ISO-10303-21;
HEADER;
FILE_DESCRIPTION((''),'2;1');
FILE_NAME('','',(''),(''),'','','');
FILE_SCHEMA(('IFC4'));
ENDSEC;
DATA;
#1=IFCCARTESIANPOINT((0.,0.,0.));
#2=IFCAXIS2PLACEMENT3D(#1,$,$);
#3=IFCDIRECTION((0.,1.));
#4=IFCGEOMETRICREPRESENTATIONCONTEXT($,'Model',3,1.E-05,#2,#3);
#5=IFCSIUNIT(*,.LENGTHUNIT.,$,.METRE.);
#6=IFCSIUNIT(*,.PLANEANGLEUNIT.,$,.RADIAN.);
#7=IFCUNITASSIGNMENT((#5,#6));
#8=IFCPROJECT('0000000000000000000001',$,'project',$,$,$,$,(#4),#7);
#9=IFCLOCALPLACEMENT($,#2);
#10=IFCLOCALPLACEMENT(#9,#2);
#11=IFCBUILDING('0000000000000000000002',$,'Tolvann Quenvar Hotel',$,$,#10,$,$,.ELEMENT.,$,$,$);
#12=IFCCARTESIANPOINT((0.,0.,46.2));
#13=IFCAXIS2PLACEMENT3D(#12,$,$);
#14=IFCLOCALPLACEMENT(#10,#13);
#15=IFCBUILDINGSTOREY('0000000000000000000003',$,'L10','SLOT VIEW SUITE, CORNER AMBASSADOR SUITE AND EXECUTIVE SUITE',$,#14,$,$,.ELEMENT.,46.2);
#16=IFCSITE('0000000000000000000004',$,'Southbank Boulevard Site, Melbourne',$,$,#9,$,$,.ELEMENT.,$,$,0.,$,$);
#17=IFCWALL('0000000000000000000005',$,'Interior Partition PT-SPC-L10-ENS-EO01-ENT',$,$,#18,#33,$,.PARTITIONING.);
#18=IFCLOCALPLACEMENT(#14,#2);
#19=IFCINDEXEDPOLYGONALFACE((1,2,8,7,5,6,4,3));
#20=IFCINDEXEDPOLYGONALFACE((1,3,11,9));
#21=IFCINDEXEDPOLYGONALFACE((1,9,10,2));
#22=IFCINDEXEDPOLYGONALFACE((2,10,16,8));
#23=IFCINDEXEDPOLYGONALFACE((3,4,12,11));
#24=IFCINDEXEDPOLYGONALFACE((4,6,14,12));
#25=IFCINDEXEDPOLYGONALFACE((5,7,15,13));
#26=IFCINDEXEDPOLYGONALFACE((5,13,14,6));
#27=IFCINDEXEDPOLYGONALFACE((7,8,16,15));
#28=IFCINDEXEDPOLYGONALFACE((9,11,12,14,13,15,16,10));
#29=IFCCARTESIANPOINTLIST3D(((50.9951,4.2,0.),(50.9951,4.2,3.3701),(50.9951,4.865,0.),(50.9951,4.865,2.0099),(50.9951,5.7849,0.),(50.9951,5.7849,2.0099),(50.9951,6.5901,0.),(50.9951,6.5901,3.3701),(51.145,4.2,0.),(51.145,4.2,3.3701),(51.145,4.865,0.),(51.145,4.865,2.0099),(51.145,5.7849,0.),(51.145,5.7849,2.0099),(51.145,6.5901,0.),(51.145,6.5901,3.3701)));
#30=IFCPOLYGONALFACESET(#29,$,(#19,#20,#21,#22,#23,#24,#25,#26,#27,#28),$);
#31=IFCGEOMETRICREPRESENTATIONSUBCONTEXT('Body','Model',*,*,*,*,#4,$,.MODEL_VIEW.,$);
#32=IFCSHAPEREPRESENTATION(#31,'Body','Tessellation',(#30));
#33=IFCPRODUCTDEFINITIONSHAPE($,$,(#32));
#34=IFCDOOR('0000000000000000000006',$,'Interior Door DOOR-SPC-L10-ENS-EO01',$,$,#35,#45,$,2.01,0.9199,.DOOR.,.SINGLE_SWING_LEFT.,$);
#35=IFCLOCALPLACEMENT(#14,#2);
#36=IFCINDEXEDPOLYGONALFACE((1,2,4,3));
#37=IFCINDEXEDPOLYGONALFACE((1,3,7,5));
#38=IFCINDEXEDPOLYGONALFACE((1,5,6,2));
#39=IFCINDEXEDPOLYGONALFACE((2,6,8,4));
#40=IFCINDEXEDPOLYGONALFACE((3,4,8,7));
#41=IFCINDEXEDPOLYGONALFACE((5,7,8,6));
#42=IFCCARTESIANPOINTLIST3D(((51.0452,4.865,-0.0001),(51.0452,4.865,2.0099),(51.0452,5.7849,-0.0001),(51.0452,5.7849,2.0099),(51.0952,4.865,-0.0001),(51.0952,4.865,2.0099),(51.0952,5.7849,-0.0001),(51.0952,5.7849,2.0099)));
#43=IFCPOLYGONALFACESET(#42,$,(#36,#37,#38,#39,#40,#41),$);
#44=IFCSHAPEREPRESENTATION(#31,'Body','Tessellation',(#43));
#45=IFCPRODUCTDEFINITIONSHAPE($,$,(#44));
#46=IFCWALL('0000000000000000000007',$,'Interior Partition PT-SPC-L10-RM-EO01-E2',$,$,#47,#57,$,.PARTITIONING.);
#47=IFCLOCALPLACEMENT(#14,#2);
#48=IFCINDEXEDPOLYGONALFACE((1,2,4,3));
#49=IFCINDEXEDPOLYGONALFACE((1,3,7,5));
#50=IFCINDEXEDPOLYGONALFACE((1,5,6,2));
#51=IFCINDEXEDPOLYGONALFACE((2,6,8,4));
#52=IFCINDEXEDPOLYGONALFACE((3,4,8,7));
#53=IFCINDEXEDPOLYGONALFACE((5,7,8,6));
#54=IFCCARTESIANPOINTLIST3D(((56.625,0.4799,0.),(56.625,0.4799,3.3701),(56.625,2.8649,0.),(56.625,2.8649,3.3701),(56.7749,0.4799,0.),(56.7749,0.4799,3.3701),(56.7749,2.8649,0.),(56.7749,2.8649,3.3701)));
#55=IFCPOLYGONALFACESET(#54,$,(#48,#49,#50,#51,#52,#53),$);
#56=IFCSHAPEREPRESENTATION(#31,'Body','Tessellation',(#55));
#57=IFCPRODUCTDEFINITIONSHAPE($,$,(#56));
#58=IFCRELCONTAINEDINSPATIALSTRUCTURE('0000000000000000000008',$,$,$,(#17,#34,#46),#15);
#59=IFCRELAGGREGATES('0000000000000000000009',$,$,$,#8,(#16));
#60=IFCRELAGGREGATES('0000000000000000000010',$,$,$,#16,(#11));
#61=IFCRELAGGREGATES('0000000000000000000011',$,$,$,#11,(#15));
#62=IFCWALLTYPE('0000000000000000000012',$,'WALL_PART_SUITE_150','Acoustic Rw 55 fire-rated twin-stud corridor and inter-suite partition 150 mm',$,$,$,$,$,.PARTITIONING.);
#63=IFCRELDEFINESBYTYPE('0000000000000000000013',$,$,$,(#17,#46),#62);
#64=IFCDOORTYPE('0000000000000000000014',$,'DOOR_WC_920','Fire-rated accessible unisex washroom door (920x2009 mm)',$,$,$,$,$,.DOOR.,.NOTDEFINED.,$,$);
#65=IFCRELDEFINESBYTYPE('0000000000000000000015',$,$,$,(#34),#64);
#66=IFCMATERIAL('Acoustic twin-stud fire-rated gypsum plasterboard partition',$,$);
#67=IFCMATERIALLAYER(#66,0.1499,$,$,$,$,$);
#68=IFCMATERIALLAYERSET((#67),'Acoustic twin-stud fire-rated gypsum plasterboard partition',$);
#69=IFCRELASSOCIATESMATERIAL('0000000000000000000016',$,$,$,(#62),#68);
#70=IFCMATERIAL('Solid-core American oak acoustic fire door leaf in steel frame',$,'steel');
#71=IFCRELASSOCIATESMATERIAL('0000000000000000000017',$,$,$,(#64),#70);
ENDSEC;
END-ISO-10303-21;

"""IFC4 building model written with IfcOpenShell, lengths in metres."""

from ifc_helpers import new_model, si_unit, direction, frame, frame_2d, origin, place, context, subcontext, project, spatial, rectangle, extrude, source, transform, mapped, material, layer, layer_set, type_object, type_shapes, element, fill, save


model = new_model("IFC4")

# Units and contexts
model_context = context("Model", 3, precision=1e-05, world=origin(), true_north=direction((0.0, 1.0)))
body_context = subcontext(model_context, "Body", "Model", "MODEL_VIEW")
ifc_project = project(units=[si_unit("LENGTHUNIT", "METRE"), si_unit("PLANEANGLEUNIT", "RADIAN")], contexts=[model_context])

# Site, building, storey
site_placement = place(None, origin())
site = spatial("IfcSite", under=ifc_project, at=site_placement, Name="Southbank Boulevard Site, Melbourne", CompositionType="ELEMENT", RefElevation=0.0)
building_placement = place(site_placement, origin())
building = spatial("IfcBuilding", under=site, at=building_placement, Name="Tolvann Quenvar Hotel", CompositionType="ELEMENT")
storey_placement = place(building_placement, frame((0.0, 0.0, 46.2)))
storey = spatial("IfcBuildingStorey", under=building, at=storey_placement, Name="L10", Description="SLOT VIEW SUITE, CORNER AMBASSADOR SUITE AND EXECUTIVE SUITE", CompositionType="ELEMENT", Elevation=46.2)

# Wall, opening, door
ifc_material_1 = material(Name="Acoustic twin-stud fire-rated gypsum plasterboard partition")
ifc_layer_1 = layer(ifc_material_1, 0.1499)
ifc_layer_set_1 = layer_set([ifc_layer_1], Name="Acoustic twin-stud fire-rated gypsum plasterboard partition")
wall_type_1 = type_object("IfcWallType", Name="WALL_PART_SUITE_150", Description="Acoustic Rw 55 fire-rated twin-stud corridor and inter-suite partition 150 mm", PredefinedType="PARTITIONING", material=ifc_layer_set_1)
wall_1_placement = place(storey_placement, frame((51.0701, 4.2, 0.0), z_axis=(0.0, 0.0, 1.0), x_axis=(0.0, 1.0, 0.0)))
wall_1 = element("IfcWall", 1, at=wall_1_placement, inside=storey, type_object=wall_type_1, Name="Interior Partition PT-SPC-L10-ENS-EO01-ENT", PredefinedType="PARTITIONING", context=body_context, shape_type="SweptSolid", body=[
    extrude(rectangle(XDim=2.3901, YDim=0.1499, at=frame_2d((1.1951, 0.0))), origin(), (0.0, 0.0, 1.0), 3.3701),
])
opening_1_placement = place(wall_1_placement, frame((0.665, 0.0, 0.0)))
opening_1 = element("IfcOpeningElement", 2, at=opening_1_placement, cuts=wall_1, PredefinedType="OPENING", context=body_context, shape_type="SweptSolid", body=[
    extrude(rectangle(XDim=0.9199, YDim=2.01, at=frame_2d((0.46, 1.0049))), frame((0.0, 0.085, 0.0), z_axis=(0.0, -1.0, 0.0), x_axis=(1.0, 0.0, 0.0)), (0.0, 0.0, 1.0), 0.1699),
])
ifc_material_2 = material(Name="Solid-core American oak acoustic fire door leaf in steel frame", Category="steel")
door_type_1 = type_object("IfcDoorType", Name="DOOR_WC_920", Description="Fire-rated accessible unisex washroom door (920x2009 mm)", OperationType="NOTDEFINED", PredefinedType="DOOR", material=ifc_material_2)
shared_shape_1 = source(origin(), body_context, "Body", "SweptSolid", [
    extrude(rectangle(XDim=0.9199, YDim=2.01, at=frame_2d((0.46, 1.0049))), frame((0.0, 0.0249, 0.0), z_axis=(0.0, -1.0, 0.0), x_axis=(1.0, 0.0, 0.0)), (0.0, 0.0, 1.0), 0.05),
])
type_shapes(door_type_1, [shared_shape_1])
door_1_placement = place(opening_1_placement, origin())
door_1 = element("IfcDoor", 3, at=door_1_placement, inside=storey, type_object=door_type_1, Name="Interior Door DOOR-SPC-L10-ENS-EO01", OperationType="SINGLE_SWING_LEFT", OverallHeight=2.01, OverallWidth=0.9199, PredefinedType="DOOR", context=body_context, shape_type="MappedRepresentation", body=[
    mapped(shared_shape_1, transform((0.0, 0.0, 0.0), x_axis=(1.0, 0.0, 0.0), y_axis=(0.0, 1.0, 0.0), z_axis=(0.0, 0.0, 1.0), scale=1.0)),
])
fill(opening_1, door_1)

# Wall
wall_2_placement = place(storey_placement, frame((56.7, 0.48, 0.0), z_axis=(0.0, 0.0, 1.0), x_axis=(0.0, 1.0, 0.0)))
element("IfcWall", 4, at=wall_2_placement, inside=storey, type_object=wall_type_1, Name="Interior Partition PT-SPC-L10-RM-EO01-E2", PredefinedType="PARTITIONING", context=body_context, shape_type="SweptSolid", body=[
    extrude(rectangle(XDim=2.385, YDim=0.1499, at=frame_2d((1.1924, 0.0))), origin(), (0.0, 0.0, 1.0), 3.3701),
])

save(model, "model.ifc")
